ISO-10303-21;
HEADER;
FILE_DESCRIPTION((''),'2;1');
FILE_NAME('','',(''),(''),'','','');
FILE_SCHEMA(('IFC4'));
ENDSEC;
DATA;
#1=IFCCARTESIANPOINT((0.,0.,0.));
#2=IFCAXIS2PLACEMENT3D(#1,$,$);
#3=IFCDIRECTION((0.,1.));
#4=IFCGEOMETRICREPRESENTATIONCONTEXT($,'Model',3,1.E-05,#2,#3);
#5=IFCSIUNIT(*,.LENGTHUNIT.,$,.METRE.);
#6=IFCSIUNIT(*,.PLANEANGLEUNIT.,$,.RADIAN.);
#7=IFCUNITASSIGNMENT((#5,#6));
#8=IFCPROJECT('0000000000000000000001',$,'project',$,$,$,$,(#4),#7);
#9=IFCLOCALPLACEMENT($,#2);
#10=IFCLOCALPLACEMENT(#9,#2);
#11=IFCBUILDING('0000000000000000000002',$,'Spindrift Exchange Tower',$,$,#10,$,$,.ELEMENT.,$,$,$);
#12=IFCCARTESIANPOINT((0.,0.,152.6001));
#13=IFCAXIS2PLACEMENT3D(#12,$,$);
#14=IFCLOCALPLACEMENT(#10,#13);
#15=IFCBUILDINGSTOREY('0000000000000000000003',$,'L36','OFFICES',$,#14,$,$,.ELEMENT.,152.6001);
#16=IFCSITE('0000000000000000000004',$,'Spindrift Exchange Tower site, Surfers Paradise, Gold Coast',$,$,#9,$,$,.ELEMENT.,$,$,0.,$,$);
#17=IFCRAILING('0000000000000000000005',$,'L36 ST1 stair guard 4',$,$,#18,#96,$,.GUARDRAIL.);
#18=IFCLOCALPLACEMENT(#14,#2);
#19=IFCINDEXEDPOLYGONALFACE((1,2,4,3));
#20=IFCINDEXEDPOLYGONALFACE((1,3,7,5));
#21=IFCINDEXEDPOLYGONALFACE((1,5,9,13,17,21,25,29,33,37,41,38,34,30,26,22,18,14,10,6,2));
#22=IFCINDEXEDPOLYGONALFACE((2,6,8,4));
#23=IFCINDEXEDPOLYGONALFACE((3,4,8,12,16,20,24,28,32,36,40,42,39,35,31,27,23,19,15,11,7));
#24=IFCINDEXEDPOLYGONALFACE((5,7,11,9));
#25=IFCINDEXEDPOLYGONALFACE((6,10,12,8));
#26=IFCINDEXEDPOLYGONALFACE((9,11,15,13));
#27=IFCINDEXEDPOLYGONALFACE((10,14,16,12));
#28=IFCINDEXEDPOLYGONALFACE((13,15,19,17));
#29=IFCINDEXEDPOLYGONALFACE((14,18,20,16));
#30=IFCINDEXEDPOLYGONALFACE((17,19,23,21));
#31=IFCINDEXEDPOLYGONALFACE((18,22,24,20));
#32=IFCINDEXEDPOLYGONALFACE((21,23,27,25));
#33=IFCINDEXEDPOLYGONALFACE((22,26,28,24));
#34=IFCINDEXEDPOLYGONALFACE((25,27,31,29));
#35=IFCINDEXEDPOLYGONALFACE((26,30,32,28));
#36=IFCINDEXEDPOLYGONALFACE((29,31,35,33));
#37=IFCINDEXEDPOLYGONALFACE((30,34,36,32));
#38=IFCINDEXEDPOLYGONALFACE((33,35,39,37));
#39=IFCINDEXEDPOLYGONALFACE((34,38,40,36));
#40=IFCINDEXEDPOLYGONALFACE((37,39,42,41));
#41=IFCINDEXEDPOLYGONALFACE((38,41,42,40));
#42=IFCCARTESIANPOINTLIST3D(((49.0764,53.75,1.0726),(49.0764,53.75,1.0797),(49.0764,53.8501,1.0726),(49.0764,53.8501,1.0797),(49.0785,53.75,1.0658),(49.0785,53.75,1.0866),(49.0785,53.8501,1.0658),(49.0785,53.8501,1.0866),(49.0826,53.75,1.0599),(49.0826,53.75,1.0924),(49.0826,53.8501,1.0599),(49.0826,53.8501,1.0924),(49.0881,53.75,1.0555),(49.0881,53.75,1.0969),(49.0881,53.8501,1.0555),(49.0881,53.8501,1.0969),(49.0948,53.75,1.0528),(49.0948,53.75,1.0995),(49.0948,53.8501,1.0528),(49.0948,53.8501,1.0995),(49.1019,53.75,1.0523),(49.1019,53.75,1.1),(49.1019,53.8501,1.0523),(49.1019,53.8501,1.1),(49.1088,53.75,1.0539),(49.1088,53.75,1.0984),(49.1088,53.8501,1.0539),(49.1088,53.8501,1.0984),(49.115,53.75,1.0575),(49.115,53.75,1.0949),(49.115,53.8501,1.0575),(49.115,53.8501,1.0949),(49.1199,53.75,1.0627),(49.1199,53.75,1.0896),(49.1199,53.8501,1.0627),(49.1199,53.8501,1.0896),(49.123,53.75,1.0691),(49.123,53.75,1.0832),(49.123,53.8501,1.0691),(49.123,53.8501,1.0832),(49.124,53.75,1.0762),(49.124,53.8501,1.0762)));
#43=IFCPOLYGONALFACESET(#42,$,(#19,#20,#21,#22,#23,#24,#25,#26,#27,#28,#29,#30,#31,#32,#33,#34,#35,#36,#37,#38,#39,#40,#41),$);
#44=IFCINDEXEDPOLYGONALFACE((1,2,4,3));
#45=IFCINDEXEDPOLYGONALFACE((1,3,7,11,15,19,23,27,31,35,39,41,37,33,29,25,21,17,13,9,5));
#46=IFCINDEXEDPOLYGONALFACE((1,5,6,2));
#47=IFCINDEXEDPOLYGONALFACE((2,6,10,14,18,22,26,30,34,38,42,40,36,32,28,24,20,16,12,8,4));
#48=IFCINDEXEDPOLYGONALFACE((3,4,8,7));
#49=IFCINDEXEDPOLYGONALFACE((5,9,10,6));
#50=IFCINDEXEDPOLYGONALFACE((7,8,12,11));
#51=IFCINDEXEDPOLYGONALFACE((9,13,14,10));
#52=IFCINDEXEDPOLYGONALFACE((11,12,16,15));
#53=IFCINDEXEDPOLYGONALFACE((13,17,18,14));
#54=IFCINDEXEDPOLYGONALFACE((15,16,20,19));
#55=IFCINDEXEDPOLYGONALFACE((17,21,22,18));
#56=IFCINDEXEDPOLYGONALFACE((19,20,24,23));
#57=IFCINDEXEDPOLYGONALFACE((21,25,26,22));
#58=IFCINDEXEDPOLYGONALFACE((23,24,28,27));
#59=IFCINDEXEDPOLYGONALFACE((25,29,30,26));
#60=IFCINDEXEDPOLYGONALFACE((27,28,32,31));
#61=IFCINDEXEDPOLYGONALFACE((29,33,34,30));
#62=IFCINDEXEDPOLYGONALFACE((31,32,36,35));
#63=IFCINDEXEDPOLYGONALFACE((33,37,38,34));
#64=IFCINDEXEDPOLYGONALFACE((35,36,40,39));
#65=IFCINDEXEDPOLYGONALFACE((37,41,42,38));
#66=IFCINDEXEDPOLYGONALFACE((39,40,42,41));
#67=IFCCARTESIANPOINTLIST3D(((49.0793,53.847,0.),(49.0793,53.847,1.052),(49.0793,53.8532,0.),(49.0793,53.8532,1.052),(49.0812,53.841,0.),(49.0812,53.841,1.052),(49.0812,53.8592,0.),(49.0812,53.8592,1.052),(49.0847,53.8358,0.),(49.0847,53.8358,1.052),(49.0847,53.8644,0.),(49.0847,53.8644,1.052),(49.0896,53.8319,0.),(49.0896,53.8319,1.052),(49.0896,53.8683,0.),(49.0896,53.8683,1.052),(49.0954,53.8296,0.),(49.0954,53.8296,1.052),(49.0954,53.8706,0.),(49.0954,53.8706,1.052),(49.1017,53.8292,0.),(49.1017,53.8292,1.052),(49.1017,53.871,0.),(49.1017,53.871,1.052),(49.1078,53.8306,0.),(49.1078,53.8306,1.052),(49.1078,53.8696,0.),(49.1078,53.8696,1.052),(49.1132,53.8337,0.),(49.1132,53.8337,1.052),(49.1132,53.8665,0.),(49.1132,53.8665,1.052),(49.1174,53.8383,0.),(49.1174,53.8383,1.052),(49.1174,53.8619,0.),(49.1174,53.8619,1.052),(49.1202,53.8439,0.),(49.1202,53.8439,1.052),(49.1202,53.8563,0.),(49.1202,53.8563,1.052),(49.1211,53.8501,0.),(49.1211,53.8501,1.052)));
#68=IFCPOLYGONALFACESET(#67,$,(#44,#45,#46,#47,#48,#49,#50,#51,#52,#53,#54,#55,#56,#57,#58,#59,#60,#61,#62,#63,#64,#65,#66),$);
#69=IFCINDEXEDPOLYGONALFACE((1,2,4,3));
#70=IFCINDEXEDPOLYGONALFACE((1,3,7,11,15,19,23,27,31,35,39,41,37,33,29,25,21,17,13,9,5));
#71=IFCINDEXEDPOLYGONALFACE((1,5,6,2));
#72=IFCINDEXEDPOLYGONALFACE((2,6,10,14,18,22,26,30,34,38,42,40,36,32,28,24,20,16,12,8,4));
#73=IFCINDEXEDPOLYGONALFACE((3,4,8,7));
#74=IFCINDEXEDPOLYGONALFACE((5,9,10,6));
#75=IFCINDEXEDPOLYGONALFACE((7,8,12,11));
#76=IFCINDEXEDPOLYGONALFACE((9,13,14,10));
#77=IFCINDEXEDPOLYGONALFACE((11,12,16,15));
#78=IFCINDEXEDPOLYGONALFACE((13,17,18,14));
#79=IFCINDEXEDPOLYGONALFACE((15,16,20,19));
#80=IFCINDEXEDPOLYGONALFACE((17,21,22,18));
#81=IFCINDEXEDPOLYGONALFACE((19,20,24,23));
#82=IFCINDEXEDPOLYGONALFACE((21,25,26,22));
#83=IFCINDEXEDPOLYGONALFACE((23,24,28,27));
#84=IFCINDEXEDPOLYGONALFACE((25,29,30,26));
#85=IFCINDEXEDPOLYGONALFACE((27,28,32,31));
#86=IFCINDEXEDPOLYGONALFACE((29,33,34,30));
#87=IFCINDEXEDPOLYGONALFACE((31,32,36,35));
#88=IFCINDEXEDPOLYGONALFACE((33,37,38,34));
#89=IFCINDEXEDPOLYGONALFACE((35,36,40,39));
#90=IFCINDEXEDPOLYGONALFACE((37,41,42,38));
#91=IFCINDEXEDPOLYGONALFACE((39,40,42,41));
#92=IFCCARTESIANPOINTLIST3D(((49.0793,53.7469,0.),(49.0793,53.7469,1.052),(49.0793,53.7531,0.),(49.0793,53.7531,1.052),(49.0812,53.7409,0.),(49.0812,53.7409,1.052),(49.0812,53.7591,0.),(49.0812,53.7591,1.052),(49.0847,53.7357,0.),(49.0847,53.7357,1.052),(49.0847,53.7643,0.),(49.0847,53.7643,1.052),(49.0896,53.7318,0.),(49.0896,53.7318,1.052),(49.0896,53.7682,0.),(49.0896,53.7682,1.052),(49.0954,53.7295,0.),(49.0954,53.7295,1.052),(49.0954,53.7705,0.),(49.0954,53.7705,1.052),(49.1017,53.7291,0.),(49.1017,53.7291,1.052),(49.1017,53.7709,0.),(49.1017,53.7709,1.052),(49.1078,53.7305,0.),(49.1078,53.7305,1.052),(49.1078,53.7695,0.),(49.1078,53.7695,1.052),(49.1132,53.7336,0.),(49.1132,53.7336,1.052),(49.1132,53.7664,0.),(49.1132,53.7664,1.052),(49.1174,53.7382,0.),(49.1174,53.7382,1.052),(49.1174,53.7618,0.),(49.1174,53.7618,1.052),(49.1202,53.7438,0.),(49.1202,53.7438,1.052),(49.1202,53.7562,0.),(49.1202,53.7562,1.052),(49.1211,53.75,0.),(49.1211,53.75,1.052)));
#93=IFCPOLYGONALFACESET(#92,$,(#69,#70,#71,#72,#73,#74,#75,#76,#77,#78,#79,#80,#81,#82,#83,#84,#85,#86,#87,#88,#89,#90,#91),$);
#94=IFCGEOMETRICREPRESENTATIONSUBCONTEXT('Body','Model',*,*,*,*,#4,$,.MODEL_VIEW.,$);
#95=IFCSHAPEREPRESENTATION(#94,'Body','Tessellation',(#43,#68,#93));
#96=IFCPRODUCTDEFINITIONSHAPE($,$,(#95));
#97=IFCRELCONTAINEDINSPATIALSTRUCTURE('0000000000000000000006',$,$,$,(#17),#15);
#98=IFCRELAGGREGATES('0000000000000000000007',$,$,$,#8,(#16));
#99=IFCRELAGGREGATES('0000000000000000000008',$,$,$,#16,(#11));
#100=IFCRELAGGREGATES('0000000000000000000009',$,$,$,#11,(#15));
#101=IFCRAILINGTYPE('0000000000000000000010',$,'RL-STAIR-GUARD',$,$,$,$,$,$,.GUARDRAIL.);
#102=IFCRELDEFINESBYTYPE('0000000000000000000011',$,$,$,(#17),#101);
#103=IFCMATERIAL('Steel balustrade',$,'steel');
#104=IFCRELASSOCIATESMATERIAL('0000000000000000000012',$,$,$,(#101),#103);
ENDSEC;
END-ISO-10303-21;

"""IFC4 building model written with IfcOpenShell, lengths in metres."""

from ifc_helpers import new_model, si_unit, direction, frame, origin, origin_2d, place, context, subcontext, project, spatial, circle, extrude, material, type_object, element, save


model = new_model("IFC4")

# Units and contexts
model_context = context("Model", 3, precision=1e-05, world=origin(), true_north=direction((0.0, 1.0)))
body_context = subcontext(model_context, "Body", "Model", "MODEL_VIEW")
ifc_project = project(units=[si_unit("LENGTHUNIT", "METRE"), si_unit("PLANEANGLEUNIT", "RADIAN")], contexts=[model_context])

# Site, building, storey
site_placement = place(None, origin())
site = spatial("IfcSite", under=ifc_project, at=site_placement, Name="Spindrift Exchange Tower site, Surfers Paradise, Gold Coast", CompositionType="ELEMENT", RefElevation=0.0)
building_placement = place(site_placement, origin())
building = spatial("IfcBuilding", under=site, at=building_placement, Name="Spindrift Exchange Tower", CompositionType="ELEMENT")
storey_placement = place(building_placement, frame((0.0, 0.0, 152.6001)))
storey = spatial("IfcBuildingStorey", under=building, at=storey_placement, Name="L36", Description="OFFICES", CompositionType="ELEMENT", Elevation=152.6001)

# Railing
ifc_material_1 = material(Name="Steel balustrade", Category="steel")
railing_type_1 = type_object("IfcRailingType", Name="RL-STAIR-GUARD", PredefinedType="GUARDRAIL", material=ifc_material_1)
railing_1_placement = place(storey_placement, frame((49.1001, 53.8501, 0.0)))
element("IfcRailing", 1, at=railing_1_placement, inside=storey, type_object=railing_type_1, Name="L36 ST1 stair guard 4", PredefinedType="GUARDRAIL", context=body_context, shape_type="SweptSolid", body=[
    extrude(circle(Radius=0.0239, at=origin_2d()), frame((0.0, 0.0, 1.0762), z_axis=(0.0, -1.0, 0.0), x_axis=(1.0, 0.0, 0.0)), (0.0, 0.0, 1.0), 0.1001),
    extrude(circle(Radius=0.021, at=origin_2d()), origin(), (0.0, 0.0, 1.0), 1.052),
    extrude(circle(Radius=0.021, at=origin_2d()), frame((0.0, -0.1001, 0.0)), (0.0, 0.0, 1.0), 1.052),
])

save(model, "model.ifc")
